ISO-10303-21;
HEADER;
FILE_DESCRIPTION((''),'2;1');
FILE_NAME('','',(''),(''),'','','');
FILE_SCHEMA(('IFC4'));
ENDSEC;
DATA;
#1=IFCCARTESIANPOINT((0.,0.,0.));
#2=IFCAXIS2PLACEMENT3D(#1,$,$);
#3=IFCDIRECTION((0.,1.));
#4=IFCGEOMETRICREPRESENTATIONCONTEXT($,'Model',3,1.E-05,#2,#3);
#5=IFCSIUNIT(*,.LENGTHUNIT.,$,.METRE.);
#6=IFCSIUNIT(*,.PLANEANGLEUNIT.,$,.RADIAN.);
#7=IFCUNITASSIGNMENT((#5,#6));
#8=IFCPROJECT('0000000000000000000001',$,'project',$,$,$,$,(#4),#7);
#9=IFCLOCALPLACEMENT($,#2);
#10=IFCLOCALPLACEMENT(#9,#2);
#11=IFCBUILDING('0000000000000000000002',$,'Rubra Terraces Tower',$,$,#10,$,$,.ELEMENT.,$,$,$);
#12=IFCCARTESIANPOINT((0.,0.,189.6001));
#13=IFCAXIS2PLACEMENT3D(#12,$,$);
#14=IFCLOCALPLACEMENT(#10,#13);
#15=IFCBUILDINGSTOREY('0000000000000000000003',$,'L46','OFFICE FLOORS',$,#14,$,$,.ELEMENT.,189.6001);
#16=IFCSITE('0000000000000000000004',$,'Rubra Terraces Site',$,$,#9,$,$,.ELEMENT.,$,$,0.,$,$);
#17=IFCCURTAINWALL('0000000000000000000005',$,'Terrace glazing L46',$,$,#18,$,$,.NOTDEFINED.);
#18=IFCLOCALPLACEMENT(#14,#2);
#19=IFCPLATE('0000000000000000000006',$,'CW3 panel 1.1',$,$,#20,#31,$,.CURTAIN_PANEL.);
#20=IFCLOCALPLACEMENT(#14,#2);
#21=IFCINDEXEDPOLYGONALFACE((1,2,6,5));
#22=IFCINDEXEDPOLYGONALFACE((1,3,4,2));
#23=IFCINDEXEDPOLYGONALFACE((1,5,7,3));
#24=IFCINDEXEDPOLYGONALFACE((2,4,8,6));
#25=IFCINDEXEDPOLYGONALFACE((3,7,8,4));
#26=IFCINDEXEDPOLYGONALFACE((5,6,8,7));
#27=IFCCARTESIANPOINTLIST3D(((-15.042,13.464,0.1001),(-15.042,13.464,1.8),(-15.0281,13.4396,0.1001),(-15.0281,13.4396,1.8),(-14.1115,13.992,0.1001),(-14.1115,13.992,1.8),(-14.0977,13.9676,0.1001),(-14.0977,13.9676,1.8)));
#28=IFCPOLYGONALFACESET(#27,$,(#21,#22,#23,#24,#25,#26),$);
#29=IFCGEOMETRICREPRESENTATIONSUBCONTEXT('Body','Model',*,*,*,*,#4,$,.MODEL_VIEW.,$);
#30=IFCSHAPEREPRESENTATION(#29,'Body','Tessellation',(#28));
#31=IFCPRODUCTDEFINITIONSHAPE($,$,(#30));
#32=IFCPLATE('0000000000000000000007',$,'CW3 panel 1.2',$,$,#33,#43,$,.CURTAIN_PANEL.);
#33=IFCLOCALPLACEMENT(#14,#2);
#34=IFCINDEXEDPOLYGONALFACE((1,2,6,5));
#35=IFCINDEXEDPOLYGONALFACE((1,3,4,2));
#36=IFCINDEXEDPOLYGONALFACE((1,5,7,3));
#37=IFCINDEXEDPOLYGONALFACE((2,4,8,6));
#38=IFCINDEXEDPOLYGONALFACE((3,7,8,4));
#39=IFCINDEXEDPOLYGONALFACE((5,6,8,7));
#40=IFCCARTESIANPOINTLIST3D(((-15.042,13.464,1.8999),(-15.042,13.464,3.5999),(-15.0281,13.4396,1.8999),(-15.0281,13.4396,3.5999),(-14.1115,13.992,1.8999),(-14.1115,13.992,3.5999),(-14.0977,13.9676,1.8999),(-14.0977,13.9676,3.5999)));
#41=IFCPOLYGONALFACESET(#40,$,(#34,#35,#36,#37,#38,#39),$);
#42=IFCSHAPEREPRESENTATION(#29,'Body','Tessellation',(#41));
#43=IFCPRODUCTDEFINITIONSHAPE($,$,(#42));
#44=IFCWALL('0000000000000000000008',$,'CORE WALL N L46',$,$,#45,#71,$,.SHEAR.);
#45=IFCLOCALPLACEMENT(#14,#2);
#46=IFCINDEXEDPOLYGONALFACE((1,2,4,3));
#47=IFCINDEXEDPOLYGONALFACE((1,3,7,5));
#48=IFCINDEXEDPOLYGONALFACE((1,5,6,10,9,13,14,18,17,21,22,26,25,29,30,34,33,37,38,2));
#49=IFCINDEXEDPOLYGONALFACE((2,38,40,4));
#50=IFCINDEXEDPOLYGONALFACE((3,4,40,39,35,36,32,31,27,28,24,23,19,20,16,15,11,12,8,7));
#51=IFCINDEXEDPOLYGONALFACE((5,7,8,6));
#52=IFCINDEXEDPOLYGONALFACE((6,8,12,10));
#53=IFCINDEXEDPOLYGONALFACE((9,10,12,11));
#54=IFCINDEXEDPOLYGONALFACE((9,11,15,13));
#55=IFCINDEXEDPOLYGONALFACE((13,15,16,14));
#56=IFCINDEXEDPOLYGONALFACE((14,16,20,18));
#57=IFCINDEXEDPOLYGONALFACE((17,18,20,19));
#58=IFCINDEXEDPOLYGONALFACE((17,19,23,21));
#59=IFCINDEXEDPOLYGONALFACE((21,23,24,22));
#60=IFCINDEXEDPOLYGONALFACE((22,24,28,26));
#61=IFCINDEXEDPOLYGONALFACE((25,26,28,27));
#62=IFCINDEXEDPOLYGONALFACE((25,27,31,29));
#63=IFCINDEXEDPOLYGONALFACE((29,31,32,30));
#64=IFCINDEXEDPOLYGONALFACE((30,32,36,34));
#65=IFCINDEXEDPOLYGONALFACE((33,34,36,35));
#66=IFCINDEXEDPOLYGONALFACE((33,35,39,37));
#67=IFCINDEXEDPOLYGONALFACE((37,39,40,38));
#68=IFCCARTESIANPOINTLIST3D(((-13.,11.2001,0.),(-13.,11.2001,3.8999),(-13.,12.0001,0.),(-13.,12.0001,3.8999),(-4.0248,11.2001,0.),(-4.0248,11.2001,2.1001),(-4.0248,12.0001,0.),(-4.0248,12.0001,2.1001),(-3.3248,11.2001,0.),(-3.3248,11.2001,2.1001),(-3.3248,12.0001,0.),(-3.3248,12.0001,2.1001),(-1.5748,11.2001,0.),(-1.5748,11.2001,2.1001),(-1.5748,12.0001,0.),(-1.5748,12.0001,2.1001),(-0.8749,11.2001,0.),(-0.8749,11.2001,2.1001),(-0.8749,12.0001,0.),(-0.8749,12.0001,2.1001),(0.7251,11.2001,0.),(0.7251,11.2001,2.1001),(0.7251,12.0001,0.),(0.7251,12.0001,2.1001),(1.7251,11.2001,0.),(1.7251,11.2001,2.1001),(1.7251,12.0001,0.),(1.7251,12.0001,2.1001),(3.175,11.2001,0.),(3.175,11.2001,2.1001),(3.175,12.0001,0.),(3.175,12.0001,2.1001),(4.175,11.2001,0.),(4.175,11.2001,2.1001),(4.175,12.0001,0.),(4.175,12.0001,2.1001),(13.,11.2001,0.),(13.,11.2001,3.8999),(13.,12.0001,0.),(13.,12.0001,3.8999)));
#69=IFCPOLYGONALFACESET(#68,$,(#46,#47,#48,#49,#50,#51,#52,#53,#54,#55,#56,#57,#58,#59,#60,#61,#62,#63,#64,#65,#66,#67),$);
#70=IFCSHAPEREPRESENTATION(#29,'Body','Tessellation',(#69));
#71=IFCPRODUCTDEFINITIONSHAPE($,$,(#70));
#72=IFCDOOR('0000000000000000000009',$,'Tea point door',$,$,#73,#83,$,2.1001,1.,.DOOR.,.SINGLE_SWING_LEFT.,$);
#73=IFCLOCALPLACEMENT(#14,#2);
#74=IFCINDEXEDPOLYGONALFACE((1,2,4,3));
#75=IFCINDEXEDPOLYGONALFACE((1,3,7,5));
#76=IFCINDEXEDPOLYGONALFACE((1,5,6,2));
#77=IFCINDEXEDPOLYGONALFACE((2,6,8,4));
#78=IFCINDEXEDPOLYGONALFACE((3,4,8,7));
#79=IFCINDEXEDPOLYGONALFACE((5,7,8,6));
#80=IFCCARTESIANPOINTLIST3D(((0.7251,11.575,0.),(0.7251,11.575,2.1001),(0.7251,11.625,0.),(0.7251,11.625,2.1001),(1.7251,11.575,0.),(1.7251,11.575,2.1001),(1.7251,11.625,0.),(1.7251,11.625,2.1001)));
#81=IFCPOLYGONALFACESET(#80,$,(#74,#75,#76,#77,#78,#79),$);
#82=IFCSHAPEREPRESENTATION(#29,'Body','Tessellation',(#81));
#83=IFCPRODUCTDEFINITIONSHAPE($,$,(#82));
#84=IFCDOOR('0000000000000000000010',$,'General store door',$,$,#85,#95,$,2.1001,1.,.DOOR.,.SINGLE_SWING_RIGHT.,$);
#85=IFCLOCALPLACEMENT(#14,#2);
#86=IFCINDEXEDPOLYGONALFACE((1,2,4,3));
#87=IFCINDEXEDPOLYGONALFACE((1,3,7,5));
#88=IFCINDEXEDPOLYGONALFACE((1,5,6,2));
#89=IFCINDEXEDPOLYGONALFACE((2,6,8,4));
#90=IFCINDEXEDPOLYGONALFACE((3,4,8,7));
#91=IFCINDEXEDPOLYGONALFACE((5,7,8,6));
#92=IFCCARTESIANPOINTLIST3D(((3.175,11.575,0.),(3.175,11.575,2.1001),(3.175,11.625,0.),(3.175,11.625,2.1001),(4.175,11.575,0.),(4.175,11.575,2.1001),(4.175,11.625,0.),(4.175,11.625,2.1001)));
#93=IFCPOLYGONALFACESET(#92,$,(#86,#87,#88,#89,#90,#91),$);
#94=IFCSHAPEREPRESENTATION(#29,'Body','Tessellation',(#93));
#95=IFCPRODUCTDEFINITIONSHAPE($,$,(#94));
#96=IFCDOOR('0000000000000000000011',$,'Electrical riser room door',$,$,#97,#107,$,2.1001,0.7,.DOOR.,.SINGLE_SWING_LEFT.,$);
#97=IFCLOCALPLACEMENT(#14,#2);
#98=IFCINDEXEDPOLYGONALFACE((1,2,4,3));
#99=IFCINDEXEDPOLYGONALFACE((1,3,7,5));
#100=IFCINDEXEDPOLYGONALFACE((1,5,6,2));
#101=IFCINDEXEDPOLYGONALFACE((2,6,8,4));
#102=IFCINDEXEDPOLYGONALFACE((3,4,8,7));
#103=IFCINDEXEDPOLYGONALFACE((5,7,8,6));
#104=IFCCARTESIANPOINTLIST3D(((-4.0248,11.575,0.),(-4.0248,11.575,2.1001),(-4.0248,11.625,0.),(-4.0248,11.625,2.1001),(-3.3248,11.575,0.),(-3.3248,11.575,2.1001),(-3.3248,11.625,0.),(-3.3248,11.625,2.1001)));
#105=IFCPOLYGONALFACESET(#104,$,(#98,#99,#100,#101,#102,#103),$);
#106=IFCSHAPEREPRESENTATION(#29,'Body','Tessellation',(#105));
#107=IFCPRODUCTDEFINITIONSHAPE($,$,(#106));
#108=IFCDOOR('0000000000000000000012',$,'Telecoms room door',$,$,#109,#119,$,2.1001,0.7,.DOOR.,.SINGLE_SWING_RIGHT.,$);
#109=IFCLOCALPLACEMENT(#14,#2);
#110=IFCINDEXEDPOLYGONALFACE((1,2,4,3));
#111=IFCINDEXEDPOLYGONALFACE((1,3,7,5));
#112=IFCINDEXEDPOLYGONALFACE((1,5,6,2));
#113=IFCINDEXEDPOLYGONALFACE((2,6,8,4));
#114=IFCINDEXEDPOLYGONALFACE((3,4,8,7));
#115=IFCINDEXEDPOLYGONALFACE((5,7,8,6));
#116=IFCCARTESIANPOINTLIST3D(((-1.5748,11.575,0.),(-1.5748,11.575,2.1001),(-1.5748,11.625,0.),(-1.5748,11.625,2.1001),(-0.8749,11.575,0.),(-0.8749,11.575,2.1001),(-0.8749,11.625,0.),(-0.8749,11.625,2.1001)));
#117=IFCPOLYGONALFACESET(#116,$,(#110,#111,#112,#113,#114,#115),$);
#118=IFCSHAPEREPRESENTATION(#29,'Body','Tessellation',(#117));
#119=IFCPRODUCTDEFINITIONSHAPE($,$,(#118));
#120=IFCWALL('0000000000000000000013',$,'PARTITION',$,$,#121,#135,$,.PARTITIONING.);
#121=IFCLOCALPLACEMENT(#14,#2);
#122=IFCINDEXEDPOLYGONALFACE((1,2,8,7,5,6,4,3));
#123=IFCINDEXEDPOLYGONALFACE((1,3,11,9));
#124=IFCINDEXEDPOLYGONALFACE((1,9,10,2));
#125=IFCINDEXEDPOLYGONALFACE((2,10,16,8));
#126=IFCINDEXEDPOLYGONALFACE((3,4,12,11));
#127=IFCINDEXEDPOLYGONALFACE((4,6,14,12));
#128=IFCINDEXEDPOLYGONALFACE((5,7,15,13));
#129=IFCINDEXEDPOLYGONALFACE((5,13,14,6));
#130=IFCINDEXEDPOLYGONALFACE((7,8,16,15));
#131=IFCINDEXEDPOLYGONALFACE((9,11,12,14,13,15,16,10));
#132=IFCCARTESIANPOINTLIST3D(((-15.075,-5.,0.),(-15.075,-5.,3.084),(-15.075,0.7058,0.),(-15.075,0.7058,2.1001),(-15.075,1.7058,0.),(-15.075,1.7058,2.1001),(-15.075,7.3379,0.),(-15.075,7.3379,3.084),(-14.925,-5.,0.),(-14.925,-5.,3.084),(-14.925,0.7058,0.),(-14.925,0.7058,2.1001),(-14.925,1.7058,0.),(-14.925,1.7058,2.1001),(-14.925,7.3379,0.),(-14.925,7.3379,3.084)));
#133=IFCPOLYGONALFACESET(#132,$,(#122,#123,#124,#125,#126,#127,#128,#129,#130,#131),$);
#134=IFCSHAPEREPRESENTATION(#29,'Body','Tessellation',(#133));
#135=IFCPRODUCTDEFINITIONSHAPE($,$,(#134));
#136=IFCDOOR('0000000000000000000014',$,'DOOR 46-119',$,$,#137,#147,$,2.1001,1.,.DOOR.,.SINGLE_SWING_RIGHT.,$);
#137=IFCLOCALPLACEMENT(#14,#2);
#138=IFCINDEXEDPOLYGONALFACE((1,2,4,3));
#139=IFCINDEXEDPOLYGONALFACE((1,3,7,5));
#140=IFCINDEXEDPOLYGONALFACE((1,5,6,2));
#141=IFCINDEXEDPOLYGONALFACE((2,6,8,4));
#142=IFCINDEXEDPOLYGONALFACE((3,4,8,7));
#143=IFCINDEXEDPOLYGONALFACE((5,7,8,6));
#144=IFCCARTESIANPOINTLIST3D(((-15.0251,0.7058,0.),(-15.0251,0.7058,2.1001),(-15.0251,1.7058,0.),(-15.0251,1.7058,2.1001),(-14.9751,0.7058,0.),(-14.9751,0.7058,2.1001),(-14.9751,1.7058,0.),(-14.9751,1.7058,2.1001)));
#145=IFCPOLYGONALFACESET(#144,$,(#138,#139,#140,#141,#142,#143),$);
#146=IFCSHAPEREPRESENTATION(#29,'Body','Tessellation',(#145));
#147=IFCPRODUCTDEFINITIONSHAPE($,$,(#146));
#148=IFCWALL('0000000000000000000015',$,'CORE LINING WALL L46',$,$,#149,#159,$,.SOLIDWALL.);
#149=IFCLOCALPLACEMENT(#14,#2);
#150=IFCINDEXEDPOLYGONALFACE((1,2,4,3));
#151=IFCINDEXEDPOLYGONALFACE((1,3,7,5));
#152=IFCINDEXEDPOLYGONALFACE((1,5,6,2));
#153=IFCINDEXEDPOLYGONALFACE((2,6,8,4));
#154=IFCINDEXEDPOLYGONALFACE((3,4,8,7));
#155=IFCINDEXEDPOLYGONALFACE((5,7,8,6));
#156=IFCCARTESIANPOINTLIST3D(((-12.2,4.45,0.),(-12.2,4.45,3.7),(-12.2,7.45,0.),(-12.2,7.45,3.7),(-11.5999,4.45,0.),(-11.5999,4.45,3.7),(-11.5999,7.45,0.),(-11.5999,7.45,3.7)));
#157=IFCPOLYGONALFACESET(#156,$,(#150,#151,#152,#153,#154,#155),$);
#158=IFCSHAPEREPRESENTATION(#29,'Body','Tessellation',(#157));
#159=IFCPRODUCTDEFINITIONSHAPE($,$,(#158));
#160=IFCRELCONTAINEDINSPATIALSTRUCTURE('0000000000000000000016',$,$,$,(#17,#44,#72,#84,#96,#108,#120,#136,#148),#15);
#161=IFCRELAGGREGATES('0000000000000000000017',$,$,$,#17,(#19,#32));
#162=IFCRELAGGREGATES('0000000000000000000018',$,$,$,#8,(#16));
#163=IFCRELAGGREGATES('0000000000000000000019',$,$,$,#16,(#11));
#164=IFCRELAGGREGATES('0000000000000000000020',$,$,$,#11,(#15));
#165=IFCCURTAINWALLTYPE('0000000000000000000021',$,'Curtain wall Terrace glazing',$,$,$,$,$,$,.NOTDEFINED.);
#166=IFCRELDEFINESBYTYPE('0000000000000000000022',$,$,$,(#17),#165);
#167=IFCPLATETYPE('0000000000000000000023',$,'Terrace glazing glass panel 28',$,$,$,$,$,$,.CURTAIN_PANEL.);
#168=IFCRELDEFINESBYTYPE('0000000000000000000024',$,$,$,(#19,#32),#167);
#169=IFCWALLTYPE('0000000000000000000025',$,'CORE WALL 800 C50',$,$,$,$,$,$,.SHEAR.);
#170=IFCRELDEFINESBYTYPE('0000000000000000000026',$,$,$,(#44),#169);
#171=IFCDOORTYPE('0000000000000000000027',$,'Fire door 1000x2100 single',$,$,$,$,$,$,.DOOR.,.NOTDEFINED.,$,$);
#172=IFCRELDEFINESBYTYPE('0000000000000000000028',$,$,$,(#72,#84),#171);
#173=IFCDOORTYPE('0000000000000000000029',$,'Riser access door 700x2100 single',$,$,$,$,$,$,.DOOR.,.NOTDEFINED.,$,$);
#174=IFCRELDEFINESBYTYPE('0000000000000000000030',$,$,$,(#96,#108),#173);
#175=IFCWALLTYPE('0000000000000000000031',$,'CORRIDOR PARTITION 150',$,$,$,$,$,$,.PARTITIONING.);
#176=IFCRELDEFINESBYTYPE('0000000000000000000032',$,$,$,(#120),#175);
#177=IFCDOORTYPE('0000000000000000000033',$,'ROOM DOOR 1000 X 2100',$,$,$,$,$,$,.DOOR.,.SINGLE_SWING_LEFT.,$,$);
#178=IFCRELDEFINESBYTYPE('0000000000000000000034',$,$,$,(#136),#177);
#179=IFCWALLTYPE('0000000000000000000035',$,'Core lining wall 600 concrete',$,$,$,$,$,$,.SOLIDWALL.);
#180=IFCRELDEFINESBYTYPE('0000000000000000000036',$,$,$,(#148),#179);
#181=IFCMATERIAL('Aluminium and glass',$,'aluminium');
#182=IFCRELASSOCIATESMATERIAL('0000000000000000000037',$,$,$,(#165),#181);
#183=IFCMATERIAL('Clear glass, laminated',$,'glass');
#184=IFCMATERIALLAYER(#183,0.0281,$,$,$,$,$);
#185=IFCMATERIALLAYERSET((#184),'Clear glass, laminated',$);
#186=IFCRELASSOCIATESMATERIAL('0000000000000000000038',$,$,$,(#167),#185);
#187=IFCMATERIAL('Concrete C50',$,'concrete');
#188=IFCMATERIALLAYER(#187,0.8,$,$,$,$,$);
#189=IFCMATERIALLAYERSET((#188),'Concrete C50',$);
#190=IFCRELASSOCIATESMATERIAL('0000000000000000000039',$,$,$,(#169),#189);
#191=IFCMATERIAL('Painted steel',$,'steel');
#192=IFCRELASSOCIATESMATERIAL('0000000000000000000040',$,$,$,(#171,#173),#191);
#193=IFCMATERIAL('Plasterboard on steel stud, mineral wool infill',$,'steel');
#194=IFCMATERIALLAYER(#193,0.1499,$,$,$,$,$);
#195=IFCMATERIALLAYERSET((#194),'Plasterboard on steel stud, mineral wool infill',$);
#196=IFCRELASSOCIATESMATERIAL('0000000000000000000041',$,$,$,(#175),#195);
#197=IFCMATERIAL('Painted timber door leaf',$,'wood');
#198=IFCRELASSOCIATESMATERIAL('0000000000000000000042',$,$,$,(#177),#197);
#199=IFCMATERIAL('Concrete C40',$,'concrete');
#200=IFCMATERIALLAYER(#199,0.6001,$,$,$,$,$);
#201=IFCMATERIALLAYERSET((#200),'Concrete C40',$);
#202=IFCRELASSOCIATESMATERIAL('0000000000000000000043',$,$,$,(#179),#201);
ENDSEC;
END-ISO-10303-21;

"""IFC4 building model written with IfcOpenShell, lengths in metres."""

from ifc_helpers import new_model, si_unit, direction, frame, frame_2d, origin, origin_2d, place, context, subcontext, project, spatial, rectangle, extrude, material, layer, layer_set, type_object, element, fill, aggregate, save


model = new_model("IFC4")

# Units and contexts
model_context = context("Model", 3, precision=1e-05, world=origin(), true_north=direction((0.0, 1.0)))
body_context = subcontext(model_context, "Body", "Model", "MODEL_VIEW")
ifc_project = project(units=[si_unit("LENGTHUNIT", "METRE"), si_unit("PLANEANGLEUNIT", "RADIAN")], contexts=[model_context])

# Site, building, storey
site_placement = place(None, origin())
site = spatial("IfcSite", under=ifc_project, at=site_placement, Name="Rubra Terraces Site", CompositionType="ELEMENT", RefElevation=0.0)
building_placement = place(site_placement, origin())
building = spatial("IfcBuilding", under=site, at=building_placement, Name="Rubra Terraces Tower", CompositionType="ELEMENT")
storey_placement = place(building_placement, frame((0.0, 0.0, 189.6001)))
storey = spatial("IfcBuildingStorey", under=building, at=storey_placement, Name="L46", Description="OFFICE FLOORS", CompositionType="ELEMENT", Elevation=189.6001)

# Curtain wall, plates
ifc_material_1 = material(Name="Aluminium and glass", Category="aluminium")
curtain_wall_type = type_object("IfcCurtainWallType", Name="Curtain wall Terrace glazing", PredefinedType="NOTDEFINED", material=ifc_material_1)
curtain_wall_placement = place(storey_placement, origin())
curtain_wall = element("IfcCurtainWall", 1, at=curtain_wall_placement, inside=storey, type_object=curtain_wall_type, Name="Terrace glazing L46", PredefinedType="NOTDEFINED")
ifc_material_2 = material(Name="Clear glass, laminated", Category="glass")
ifc_layer_1 = layer(ifc_material_2, 0.0281)
ifc_layer_set_1 = layer_set([ifc_layer_1], Name="Clear glass, laminated")
plate_type = type_object("IfcPlateType", Name="Terrace glazing glass panel 28", PredefinedType="CURTAIN_PANEL", material=ifc_layer_set_1)
plate_1_placement = place(storey_placement, frame((-14.5698, 13.7158, 0.1001), z_axis=(0.0, 0.0, 1.0), x_axis=(-0.869726, -0.493534, 0.0)))
plate_1 = element("IfcPlate", 2, at=plate_1_placement, type_object=plate_type, Name="CW3 panel 1.1", PredefinedType="CURTAIN_PANEL", context=body_context, shape_type="SweptSolid", body=[
    extrude(rectangle(XDim=1.0698, YDim=0.0281, at=origin_2d()), origin(), (0.0, 0.0, 1.0), 1.7),
])
plate_2_placement = place(storey_placement, frame((-14.5698, 13.7158, 1.8999), z_axis=(0.0, 0.0, 1.0), x_axis=(-0.869726, -0.493534, 0.0)))
plate_2 = element("IfcPlate", 3, at=plate_2_placement, type_object=plate_type, Name="CW3 panel 1.2", PredefinedType="CURTAIN_PANEL", context=body_context, shape_type="SweptSolid", body=[
    extrude(rectangle(XDim=1.0698, YDim=0.0281, at=origin_2d()), origin(), (0.0, 0.0, 1.0), 1.7),
])
aggregate(curtain_wall, [plate_1, plate_2])

# Wall, openings, doors
ifc_material_3 = material(Name="Concrete C50", Category="concrete")
ifc_layer_2 = layer(ifc_material_3, 0.8)
ifc_layer_set_2 = layer_set([ifc_layer_2], Name="Concrete C50")
wall_type_1 = type_object("IfcWallType", Name="CORE WALL 800 C50", PredefinedType="SHEAR", material=ifc_layer_set_2)
wall_1_placement = place(storey_placement, frame((-13.0, 11.6001, 0.0), z_axis=(0.0, 0.0, 1.0), x_axis=(1.0, 0.0, 0.0)))
wall_1 = element("IfcWall", 4, at=wall_1_placement, inside=storey, type_object=wall_type_1, Name="CORE WALL N L46", PredefinedType="SHEAR", context=body_context, shape_type="SweptSolid", body=[
    extrude(rectangle(XDim=26.0, YDim=0.8, at=frame_2d((13.0, 0.0))), origin(), (0.0, 0.0, 1.0), 3.8999),
])
opening_1_placement = place(wall_1_placement, frame((8.9751, 0.0, 0.0)))
opening_1 = element("IfcOpeningElement", 5, at=opening_1_placement, cuts=wall_1, PredefinedType="OPENING", context=body_context, shape_type="SweptSolid", body=[
    extrude(rectangle(XDim=0.7, YDim=2.1001, at=frame_2d((0.3501, 1.05))), frame((0.0, 0.4099, 0.0), z_axis=(0.0, -1.0, 0.0), x_axis=(1.0, 0.0, 0.0)), (0.0, 0.0, 1.0), 0.8201),
])
opening_2_placement = place(wall_1_placement, frame((11.425, 0.0, 0.0)))
opening_2 = element("IfcOpeningElement", 6, at=opening_2_placement, cuts=wall_1, PredefinedType="OPENING", context=body_context, shape_type="SweptSolid", body=[
    extrude(rectangle(XDim=0.7, YDim=2.1001, at=frame_2d((0.3501, 1.05))), frame((0.0, 0.4099, 0.0), z_axis=(0.0, -1.0, 0.0), x_axis=(1.0, 0.0, 0.0)), (0.0, 0.0, 1.0), 0.8201),
])
opening_3_placement = place(wall_1_placement, frame((13.7251, 0.0, 0.0)))
opening_3 = element("IfcOpeningElement", 7, at=opening_3_placement, cuts=wall_1, PredefinedType="OPENING", context=body_context, shape_type="SweptSolid", body=[
    extrude(rectangle(XDim=1.0, YDim=2.1001, at=frame_2d((0.5, 1.05))), frame((0.0, 0.4099, 0.0), z_axis=(0.0, -1.0, 0.0), x_axis=(1.0, 0.0, 0.0)), (0.0, 0.0, 1.0), 0.8201),
])
opening_4_placement = place(wall_1_placement, frame((16.175, 0.0, 0.0)))
opening_4 = element("IfcOpeningElement", 8, at=opening_4_placement, cuts=wall_1, PredefinedType="OPENING", context=body_context, shape_type="SweptSolid", body=[
    extrude(rectangle(XDim=1.0, YDim=2.1001, at=frame_2d((0.5, 1.05))), frame((0.0, 0.4099, 0.0), z_axis=(0.0, -1.0, 0.0), x_axis=(1.0, 0.0, 0.0)), (0.0, 0.0, 1.0), 0.8201),
])
ifc_material_4 = material(Name="Painted steel", Category="steel")
door_type_1 = type_object("IfcDoorType", Name="Fire door 1000x2100 single", OperationType="NOTDEFINED", PredefinedType="DOOR", material=ifc_material_4)
door_1_placement = place(opening_3_placement, origin())
door_1 = element("IfcDoor", 9, at=door_1_placement, inside=storey, type_object=door_type_1, Name="Tea point door", OperationType="SINGLE_SWING_LEFT", OverallHeight=2.1001, OverallWidth=1.0, PredefinedType="DOOR", context=body_context, shape_type="SweptSolid", body=[
    extrude(rectangle(XDim=1.0, YDim=2.1001, at=frame_2d((0.5, 1.05))), frame((0.0, 0.0249, 0.0), z_axis=(0.0, -1.0, 0.0), x_axis=(1.0, 0.0, 0.0)), (0.0, 0.0, 1.0), 0.05),
])
fill(opening_3, door_1)
door_2_placement = place(opening_4_placement, origin())
door_2 = element("IfcDoor", 10, at=door_2_placement, inside=storey, type_object=door_type_1, Name="General store door", OperationType="SINGLE_SWING_RIGHT", OverallHeight=2.1001, OverallWidth=1.0, PredefinedType="DOOR", context=body_context, shape_type="SweptSolid", body=[
    extrude(rectangle(XDim=1.0, YDim=2.1001, at=frame_2d((0.5, 1.05))), frame((0.0, 0.0249, 0.0), z_axis=(0.0, -1.0, 0.0), x_axis=(1.0, 0.0, 0.0)), (0.0, 0.0, 1.0), 0.05),
])
fill(opening_4, door_2)
door_type_2 = type_object("IfcDoorType", Name="Riser access door 700x2100 single", OperationType="NOTDEFINED", PredefinedType="DOOR", material=ifc_material_4)
door_3_placement = place(opening_1_placement, origin())
door_3 = element("IfcDoor", 11, at=door_3_placement, inside=storey, type_object=door_type_2, Name="Electrical riser room door", OperationType="SINGLE_SWING_LEFT", OverallHeight=2.1001, OverallWidth=0.7, PredefinedType="DOOR", context=body_context, shape_type="SweptSolid", body=[
    extrude(rectangle(XDim=0.7, YDim=2.1001, at=frame_2d((0.3501, 1.05))), frame((0.0, 0.0249, 0.0), z_axis=(0.0, -1.0, 0.0), x_axis=(1.0, 0.0, 0.0)), (0.0, 0.0, 1.0), 0.05),
])
fill(opening_1, door_3)
door_4_placement = place(opening_2_placement, origin())
door_4 = element("IfcDoor", 12, at=door_4_placement, inside=storey, type_object=door_type_2, Name="Telecoms room door", OperationType="SINGLE_SWING_RIGHT", OverallHeight=2.1001, OverallWidth=0.7, PredefinedType="DOOR", context=body_context, shape_type="SweptSolid", body=[
    extrude(rectangle(XDim=0.7, YDim=2.1001, at=frame_2d((0.3501, 1.05))), frame((0.0, 0.0249, 0.0), z_axis=(0.0, -1.0, 0.0), x_axis=(1.0, 0.0, 0.0)), (0.0, 0.0, 1.0), 0.05),
])
fill(opening_2, door_4)

# Wall, opening, door
ifc_material_5 = material(Name="Plasterboard on steel stud, mineral wool infill", Category="steel")
ifc_layer_3 = layer(ifc_material_5, 0.1499)
ifc_layer_set_3 = layer_set([ifc_layer_3], Name="Plasterboard on steel stud, mineral wool infill")
wall_type_2 = type_object("IfcWallType", Name="CORRIDOR PARTITION 150", PredefinedType="PARTITIONING", material=ifc_layer_set_3)
wall_2_placement = place(storey_placement, frame((-15.0, 7.3379, 0.0), z_axis=(0.0, 0.0, 1.0), x_axis=(0.0, -1.0, 0.0)))
wall_2 = element("IfcWall", 13, at=wall_2_placement, inside=storey, type_object=wall_type_2, Name="PARTITION", PredefinedType="PARTITIONING", context=body_context, shape_type="SweptSolid", body=[
    extrude(rectangle(XDim=12.3379, YDim=0.1499, at=frame_2d((6.1689, 0.0))), origin(), (0.0, 0.0, 1.0), 3.084),
])
opening_5_placement = place(wall_2_placement, frame((5.6321, 0.0, 0.0)))
opening_5 = element("IfcOpeningElement", 14, at=opening_5_placement, cuts=wall_2, PredefinedType="OPENING", context=body_context, shape_type="SweptSolid", body=[
    extrude(rectangle(XDim=1.0, YDim=2.1001, at=frame_2d((0.5, 1.05))), frame((0.0, 0.085, 0.0), z_axis=(0.0, -1.0, 0.0), x_axis=(1.0, 0.0, 0.0)), (0.0, 0.0, 1.0), 0.1699),
])
ifc_material_6 = material(Name="Painted timber door leaf", Category="wood")
door_type_3 = type_object("IfcDoorType", Name="ROOM DOOR 1000 X 2100", OperationType="SINGLE_SWING_LEFT", PredefinedType="DOOR", material=ifc_material_6)
door_5_placement = place(opening_5_placement, origin())
door_5 = element("IfcDoor", 15, at=door_5_placement, inside=storey, type_object=door_type_3, Name="DOOR 46-119", OperationType="SINGLE_SWING_RIGHT", OverallHeight=2.1001, OverallWidth=1.0, PredefinedType="DOOR", context=body_context, shape_type="SweptSolid", body=[
    extrude(rectangle(XDim=1.0, YDim=2.1001, at=frame_2d((0.5, 1.05))), frame((0.0, 0.0249, 0.0), z_axis=(0.0, -1.0, 0.0), x_axis=(1.0, 0.0, 0.0)), (0.0, 0.0, 1.0), 0.05),
])
fill(opening_5, door_5)

# Wall
ifc_material_7 = material(Name="Concrete C40", Category="concrete")
ifc_layer_4 = layer(ifc_material_7, 0.6001)
ifc_layer_set_4 = layer_set([ifc_layer_4], Name="Concrete C40")
wall_type_3 = type_object("IfcWallType", Name="Core lining wall 600 concrete", PredefinedType="SOLIDWALL", material=ifc_layer_set_4)
wall_3_placement = place(storey_placement, frame((-11.8999, 4.45, 0.0), z_axis=(0.0, 0.0, 1.0), x_axis=(0.0, 1.0, 0.0)))
element("IfcWall", 16, at=wall_3_placement, inside=storey, type_object=wall_type_3, Name="CORE LINING WALL L46", PredefinedType="SOLIDWALL", context=body_context, shape_type="SweptSolid", body=[
    extrude(rectangle(XDim=3.0, YDim=0.6001, at=frame_2d((1.5, 0.0))), origin(), (0.0, 0.0, 1.0), 3.7),
])

save(model, "model.ifc")
